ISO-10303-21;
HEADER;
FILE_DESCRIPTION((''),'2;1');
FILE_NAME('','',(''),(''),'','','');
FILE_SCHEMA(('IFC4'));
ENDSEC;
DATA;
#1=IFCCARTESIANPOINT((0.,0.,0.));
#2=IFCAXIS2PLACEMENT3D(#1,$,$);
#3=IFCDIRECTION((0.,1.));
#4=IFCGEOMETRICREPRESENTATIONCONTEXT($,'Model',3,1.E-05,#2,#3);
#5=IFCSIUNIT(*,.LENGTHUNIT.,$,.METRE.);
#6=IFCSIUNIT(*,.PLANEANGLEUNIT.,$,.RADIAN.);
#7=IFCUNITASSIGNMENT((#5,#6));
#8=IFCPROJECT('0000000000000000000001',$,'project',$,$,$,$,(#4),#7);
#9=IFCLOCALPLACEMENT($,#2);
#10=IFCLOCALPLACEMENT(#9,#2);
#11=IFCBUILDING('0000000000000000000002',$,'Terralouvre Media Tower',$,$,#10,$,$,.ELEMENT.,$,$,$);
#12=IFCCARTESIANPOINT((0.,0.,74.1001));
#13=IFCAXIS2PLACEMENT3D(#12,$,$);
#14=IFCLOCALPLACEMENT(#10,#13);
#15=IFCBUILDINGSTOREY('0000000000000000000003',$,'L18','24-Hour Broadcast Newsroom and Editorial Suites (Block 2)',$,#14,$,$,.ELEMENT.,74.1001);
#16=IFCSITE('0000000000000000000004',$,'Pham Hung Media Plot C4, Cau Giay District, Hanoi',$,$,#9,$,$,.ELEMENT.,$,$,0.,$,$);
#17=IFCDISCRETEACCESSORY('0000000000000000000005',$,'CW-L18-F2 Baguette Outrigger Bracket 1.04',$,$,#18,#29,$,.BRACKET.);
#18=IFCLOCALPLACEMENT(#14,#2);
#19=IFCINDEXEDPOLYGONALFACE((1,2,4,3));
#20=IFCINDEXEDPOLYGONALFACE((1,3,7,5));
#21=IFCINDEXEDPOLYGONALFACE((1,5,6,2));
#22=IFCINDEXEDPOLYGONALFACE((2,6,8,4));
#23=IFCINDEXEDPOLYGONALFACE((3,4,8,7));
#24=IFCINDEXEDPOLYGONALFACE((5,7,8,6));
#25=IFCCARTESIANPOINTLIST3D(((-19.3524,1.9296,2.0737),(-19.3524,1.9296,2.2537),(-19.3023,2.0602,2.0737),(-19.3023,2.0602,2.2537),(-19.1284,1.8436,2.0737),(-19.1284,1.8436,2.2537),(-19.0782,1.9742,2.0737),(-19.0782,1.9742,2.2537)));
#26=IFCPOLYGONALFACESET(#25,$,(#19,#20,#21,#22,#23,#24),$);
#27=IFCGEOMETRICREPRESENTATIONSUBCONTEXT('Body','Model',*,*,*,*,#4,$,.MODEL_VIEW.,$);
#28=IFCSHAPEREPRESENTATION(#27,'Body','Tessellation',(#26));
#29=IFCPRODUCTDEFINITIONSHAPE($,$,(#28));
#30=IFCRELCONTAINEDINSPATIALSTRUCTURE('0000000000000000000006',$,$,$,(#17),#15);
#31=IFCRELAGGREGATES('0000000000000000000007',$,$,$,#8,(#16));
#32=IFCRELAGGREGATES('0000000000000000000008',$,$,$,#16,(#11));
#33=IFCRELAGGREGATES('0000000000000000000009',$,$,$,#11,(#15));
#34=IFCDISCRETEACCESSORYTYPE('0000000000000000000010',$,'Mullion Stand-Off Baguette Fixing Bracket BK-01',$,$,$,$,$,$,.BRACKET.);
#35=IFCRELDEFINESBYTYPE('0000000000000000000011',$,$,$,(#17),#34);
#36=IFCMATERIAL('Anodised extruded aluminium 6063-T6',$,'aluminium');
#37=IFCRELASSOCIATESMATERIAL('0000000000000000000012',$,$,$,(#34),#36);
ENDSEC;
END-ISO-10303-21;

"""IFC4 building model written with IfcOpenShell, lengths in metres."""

from ifc_helpers import new_model, si_unit, direction, frame, origin, origin_2d, place, context, subcontext, project, spatial, rectangle, extrude, material, type_object, element, save


model = new_model("IFC4")

# Units and contexts
model_context = context("Model", 3, precision=1e-05, world=origin(), true_north=direction((0.0, 1.0)))
body_context = subcontext(model_context, "Body", "Model", "MODEL_VIEW")
ifc_project = project(units=[si_unit("LENGTHUNIT", "METRE"), si_unit("PLANEANGLEUNIT", "RADIAN")], contexts=[model_context])

# Site, building, storey
site_placement = place(None, origin())
site = spatial("IfcSite", under=ifc_project, at=site_placement, Name="Pham Hung Media Plot C4, Cau Giay District, Hanoi", CompositionType="ELEMENT", RefElevation=0.0)
building_placement = place(site_placement, origin())
building = spatial("IfcBuilding", under=site, at=building_placement, Name="Terralouvre Media Tower", CompositionType="ELEMENT")
storey_placement = place(building_placement, frame((0.0, 0.0, 74.1001)))
storey = spatial("IfcBuildingStorey", under=building, at=storey_placement, Name="L18", Description="24-Hour Broadcast Newsroom and Editorial Suites (Block 2)", CompositionType="ELEMENT", Elevation=74.1001)

# Discrete accessory
ifc_material_1 = material(Name="Anodised extruded aluminium 6063-T6", Category="aluminium")
discrete_accessory_type = type_object("IfcDiscreteAccessoryType", Name="Mullion Stand-Off Baguette Fixing Bracket BK-01", PredefinedType="BRACKET", material=ifc_material_1)
discrete_accessory_placement = place(storey_placement, frame((-19.2153, 1.9519, 2.0737), z_axis=(0.0, 0.0, 1.0), x_axis=(-0.358368, -0.93358, 0.0)))
element("IfcDiscreteAccessory", 1, at=discrete_accessory_placement, inside=storey, type_object=discrete_accessory_type, Name="CW-L18-F2 Baguette Outrigger Bracket 1.04", PredefinedType="BRACKET", context=body_context, shape_type="SweptSolid", body=[
    extrude(rectangle(XDim=0.1399, YDim=0.24, at=origin_2d()), origin(), (0.0, 0.0, 1.0), 0.1799),
])

save(model, "model.ifc")
